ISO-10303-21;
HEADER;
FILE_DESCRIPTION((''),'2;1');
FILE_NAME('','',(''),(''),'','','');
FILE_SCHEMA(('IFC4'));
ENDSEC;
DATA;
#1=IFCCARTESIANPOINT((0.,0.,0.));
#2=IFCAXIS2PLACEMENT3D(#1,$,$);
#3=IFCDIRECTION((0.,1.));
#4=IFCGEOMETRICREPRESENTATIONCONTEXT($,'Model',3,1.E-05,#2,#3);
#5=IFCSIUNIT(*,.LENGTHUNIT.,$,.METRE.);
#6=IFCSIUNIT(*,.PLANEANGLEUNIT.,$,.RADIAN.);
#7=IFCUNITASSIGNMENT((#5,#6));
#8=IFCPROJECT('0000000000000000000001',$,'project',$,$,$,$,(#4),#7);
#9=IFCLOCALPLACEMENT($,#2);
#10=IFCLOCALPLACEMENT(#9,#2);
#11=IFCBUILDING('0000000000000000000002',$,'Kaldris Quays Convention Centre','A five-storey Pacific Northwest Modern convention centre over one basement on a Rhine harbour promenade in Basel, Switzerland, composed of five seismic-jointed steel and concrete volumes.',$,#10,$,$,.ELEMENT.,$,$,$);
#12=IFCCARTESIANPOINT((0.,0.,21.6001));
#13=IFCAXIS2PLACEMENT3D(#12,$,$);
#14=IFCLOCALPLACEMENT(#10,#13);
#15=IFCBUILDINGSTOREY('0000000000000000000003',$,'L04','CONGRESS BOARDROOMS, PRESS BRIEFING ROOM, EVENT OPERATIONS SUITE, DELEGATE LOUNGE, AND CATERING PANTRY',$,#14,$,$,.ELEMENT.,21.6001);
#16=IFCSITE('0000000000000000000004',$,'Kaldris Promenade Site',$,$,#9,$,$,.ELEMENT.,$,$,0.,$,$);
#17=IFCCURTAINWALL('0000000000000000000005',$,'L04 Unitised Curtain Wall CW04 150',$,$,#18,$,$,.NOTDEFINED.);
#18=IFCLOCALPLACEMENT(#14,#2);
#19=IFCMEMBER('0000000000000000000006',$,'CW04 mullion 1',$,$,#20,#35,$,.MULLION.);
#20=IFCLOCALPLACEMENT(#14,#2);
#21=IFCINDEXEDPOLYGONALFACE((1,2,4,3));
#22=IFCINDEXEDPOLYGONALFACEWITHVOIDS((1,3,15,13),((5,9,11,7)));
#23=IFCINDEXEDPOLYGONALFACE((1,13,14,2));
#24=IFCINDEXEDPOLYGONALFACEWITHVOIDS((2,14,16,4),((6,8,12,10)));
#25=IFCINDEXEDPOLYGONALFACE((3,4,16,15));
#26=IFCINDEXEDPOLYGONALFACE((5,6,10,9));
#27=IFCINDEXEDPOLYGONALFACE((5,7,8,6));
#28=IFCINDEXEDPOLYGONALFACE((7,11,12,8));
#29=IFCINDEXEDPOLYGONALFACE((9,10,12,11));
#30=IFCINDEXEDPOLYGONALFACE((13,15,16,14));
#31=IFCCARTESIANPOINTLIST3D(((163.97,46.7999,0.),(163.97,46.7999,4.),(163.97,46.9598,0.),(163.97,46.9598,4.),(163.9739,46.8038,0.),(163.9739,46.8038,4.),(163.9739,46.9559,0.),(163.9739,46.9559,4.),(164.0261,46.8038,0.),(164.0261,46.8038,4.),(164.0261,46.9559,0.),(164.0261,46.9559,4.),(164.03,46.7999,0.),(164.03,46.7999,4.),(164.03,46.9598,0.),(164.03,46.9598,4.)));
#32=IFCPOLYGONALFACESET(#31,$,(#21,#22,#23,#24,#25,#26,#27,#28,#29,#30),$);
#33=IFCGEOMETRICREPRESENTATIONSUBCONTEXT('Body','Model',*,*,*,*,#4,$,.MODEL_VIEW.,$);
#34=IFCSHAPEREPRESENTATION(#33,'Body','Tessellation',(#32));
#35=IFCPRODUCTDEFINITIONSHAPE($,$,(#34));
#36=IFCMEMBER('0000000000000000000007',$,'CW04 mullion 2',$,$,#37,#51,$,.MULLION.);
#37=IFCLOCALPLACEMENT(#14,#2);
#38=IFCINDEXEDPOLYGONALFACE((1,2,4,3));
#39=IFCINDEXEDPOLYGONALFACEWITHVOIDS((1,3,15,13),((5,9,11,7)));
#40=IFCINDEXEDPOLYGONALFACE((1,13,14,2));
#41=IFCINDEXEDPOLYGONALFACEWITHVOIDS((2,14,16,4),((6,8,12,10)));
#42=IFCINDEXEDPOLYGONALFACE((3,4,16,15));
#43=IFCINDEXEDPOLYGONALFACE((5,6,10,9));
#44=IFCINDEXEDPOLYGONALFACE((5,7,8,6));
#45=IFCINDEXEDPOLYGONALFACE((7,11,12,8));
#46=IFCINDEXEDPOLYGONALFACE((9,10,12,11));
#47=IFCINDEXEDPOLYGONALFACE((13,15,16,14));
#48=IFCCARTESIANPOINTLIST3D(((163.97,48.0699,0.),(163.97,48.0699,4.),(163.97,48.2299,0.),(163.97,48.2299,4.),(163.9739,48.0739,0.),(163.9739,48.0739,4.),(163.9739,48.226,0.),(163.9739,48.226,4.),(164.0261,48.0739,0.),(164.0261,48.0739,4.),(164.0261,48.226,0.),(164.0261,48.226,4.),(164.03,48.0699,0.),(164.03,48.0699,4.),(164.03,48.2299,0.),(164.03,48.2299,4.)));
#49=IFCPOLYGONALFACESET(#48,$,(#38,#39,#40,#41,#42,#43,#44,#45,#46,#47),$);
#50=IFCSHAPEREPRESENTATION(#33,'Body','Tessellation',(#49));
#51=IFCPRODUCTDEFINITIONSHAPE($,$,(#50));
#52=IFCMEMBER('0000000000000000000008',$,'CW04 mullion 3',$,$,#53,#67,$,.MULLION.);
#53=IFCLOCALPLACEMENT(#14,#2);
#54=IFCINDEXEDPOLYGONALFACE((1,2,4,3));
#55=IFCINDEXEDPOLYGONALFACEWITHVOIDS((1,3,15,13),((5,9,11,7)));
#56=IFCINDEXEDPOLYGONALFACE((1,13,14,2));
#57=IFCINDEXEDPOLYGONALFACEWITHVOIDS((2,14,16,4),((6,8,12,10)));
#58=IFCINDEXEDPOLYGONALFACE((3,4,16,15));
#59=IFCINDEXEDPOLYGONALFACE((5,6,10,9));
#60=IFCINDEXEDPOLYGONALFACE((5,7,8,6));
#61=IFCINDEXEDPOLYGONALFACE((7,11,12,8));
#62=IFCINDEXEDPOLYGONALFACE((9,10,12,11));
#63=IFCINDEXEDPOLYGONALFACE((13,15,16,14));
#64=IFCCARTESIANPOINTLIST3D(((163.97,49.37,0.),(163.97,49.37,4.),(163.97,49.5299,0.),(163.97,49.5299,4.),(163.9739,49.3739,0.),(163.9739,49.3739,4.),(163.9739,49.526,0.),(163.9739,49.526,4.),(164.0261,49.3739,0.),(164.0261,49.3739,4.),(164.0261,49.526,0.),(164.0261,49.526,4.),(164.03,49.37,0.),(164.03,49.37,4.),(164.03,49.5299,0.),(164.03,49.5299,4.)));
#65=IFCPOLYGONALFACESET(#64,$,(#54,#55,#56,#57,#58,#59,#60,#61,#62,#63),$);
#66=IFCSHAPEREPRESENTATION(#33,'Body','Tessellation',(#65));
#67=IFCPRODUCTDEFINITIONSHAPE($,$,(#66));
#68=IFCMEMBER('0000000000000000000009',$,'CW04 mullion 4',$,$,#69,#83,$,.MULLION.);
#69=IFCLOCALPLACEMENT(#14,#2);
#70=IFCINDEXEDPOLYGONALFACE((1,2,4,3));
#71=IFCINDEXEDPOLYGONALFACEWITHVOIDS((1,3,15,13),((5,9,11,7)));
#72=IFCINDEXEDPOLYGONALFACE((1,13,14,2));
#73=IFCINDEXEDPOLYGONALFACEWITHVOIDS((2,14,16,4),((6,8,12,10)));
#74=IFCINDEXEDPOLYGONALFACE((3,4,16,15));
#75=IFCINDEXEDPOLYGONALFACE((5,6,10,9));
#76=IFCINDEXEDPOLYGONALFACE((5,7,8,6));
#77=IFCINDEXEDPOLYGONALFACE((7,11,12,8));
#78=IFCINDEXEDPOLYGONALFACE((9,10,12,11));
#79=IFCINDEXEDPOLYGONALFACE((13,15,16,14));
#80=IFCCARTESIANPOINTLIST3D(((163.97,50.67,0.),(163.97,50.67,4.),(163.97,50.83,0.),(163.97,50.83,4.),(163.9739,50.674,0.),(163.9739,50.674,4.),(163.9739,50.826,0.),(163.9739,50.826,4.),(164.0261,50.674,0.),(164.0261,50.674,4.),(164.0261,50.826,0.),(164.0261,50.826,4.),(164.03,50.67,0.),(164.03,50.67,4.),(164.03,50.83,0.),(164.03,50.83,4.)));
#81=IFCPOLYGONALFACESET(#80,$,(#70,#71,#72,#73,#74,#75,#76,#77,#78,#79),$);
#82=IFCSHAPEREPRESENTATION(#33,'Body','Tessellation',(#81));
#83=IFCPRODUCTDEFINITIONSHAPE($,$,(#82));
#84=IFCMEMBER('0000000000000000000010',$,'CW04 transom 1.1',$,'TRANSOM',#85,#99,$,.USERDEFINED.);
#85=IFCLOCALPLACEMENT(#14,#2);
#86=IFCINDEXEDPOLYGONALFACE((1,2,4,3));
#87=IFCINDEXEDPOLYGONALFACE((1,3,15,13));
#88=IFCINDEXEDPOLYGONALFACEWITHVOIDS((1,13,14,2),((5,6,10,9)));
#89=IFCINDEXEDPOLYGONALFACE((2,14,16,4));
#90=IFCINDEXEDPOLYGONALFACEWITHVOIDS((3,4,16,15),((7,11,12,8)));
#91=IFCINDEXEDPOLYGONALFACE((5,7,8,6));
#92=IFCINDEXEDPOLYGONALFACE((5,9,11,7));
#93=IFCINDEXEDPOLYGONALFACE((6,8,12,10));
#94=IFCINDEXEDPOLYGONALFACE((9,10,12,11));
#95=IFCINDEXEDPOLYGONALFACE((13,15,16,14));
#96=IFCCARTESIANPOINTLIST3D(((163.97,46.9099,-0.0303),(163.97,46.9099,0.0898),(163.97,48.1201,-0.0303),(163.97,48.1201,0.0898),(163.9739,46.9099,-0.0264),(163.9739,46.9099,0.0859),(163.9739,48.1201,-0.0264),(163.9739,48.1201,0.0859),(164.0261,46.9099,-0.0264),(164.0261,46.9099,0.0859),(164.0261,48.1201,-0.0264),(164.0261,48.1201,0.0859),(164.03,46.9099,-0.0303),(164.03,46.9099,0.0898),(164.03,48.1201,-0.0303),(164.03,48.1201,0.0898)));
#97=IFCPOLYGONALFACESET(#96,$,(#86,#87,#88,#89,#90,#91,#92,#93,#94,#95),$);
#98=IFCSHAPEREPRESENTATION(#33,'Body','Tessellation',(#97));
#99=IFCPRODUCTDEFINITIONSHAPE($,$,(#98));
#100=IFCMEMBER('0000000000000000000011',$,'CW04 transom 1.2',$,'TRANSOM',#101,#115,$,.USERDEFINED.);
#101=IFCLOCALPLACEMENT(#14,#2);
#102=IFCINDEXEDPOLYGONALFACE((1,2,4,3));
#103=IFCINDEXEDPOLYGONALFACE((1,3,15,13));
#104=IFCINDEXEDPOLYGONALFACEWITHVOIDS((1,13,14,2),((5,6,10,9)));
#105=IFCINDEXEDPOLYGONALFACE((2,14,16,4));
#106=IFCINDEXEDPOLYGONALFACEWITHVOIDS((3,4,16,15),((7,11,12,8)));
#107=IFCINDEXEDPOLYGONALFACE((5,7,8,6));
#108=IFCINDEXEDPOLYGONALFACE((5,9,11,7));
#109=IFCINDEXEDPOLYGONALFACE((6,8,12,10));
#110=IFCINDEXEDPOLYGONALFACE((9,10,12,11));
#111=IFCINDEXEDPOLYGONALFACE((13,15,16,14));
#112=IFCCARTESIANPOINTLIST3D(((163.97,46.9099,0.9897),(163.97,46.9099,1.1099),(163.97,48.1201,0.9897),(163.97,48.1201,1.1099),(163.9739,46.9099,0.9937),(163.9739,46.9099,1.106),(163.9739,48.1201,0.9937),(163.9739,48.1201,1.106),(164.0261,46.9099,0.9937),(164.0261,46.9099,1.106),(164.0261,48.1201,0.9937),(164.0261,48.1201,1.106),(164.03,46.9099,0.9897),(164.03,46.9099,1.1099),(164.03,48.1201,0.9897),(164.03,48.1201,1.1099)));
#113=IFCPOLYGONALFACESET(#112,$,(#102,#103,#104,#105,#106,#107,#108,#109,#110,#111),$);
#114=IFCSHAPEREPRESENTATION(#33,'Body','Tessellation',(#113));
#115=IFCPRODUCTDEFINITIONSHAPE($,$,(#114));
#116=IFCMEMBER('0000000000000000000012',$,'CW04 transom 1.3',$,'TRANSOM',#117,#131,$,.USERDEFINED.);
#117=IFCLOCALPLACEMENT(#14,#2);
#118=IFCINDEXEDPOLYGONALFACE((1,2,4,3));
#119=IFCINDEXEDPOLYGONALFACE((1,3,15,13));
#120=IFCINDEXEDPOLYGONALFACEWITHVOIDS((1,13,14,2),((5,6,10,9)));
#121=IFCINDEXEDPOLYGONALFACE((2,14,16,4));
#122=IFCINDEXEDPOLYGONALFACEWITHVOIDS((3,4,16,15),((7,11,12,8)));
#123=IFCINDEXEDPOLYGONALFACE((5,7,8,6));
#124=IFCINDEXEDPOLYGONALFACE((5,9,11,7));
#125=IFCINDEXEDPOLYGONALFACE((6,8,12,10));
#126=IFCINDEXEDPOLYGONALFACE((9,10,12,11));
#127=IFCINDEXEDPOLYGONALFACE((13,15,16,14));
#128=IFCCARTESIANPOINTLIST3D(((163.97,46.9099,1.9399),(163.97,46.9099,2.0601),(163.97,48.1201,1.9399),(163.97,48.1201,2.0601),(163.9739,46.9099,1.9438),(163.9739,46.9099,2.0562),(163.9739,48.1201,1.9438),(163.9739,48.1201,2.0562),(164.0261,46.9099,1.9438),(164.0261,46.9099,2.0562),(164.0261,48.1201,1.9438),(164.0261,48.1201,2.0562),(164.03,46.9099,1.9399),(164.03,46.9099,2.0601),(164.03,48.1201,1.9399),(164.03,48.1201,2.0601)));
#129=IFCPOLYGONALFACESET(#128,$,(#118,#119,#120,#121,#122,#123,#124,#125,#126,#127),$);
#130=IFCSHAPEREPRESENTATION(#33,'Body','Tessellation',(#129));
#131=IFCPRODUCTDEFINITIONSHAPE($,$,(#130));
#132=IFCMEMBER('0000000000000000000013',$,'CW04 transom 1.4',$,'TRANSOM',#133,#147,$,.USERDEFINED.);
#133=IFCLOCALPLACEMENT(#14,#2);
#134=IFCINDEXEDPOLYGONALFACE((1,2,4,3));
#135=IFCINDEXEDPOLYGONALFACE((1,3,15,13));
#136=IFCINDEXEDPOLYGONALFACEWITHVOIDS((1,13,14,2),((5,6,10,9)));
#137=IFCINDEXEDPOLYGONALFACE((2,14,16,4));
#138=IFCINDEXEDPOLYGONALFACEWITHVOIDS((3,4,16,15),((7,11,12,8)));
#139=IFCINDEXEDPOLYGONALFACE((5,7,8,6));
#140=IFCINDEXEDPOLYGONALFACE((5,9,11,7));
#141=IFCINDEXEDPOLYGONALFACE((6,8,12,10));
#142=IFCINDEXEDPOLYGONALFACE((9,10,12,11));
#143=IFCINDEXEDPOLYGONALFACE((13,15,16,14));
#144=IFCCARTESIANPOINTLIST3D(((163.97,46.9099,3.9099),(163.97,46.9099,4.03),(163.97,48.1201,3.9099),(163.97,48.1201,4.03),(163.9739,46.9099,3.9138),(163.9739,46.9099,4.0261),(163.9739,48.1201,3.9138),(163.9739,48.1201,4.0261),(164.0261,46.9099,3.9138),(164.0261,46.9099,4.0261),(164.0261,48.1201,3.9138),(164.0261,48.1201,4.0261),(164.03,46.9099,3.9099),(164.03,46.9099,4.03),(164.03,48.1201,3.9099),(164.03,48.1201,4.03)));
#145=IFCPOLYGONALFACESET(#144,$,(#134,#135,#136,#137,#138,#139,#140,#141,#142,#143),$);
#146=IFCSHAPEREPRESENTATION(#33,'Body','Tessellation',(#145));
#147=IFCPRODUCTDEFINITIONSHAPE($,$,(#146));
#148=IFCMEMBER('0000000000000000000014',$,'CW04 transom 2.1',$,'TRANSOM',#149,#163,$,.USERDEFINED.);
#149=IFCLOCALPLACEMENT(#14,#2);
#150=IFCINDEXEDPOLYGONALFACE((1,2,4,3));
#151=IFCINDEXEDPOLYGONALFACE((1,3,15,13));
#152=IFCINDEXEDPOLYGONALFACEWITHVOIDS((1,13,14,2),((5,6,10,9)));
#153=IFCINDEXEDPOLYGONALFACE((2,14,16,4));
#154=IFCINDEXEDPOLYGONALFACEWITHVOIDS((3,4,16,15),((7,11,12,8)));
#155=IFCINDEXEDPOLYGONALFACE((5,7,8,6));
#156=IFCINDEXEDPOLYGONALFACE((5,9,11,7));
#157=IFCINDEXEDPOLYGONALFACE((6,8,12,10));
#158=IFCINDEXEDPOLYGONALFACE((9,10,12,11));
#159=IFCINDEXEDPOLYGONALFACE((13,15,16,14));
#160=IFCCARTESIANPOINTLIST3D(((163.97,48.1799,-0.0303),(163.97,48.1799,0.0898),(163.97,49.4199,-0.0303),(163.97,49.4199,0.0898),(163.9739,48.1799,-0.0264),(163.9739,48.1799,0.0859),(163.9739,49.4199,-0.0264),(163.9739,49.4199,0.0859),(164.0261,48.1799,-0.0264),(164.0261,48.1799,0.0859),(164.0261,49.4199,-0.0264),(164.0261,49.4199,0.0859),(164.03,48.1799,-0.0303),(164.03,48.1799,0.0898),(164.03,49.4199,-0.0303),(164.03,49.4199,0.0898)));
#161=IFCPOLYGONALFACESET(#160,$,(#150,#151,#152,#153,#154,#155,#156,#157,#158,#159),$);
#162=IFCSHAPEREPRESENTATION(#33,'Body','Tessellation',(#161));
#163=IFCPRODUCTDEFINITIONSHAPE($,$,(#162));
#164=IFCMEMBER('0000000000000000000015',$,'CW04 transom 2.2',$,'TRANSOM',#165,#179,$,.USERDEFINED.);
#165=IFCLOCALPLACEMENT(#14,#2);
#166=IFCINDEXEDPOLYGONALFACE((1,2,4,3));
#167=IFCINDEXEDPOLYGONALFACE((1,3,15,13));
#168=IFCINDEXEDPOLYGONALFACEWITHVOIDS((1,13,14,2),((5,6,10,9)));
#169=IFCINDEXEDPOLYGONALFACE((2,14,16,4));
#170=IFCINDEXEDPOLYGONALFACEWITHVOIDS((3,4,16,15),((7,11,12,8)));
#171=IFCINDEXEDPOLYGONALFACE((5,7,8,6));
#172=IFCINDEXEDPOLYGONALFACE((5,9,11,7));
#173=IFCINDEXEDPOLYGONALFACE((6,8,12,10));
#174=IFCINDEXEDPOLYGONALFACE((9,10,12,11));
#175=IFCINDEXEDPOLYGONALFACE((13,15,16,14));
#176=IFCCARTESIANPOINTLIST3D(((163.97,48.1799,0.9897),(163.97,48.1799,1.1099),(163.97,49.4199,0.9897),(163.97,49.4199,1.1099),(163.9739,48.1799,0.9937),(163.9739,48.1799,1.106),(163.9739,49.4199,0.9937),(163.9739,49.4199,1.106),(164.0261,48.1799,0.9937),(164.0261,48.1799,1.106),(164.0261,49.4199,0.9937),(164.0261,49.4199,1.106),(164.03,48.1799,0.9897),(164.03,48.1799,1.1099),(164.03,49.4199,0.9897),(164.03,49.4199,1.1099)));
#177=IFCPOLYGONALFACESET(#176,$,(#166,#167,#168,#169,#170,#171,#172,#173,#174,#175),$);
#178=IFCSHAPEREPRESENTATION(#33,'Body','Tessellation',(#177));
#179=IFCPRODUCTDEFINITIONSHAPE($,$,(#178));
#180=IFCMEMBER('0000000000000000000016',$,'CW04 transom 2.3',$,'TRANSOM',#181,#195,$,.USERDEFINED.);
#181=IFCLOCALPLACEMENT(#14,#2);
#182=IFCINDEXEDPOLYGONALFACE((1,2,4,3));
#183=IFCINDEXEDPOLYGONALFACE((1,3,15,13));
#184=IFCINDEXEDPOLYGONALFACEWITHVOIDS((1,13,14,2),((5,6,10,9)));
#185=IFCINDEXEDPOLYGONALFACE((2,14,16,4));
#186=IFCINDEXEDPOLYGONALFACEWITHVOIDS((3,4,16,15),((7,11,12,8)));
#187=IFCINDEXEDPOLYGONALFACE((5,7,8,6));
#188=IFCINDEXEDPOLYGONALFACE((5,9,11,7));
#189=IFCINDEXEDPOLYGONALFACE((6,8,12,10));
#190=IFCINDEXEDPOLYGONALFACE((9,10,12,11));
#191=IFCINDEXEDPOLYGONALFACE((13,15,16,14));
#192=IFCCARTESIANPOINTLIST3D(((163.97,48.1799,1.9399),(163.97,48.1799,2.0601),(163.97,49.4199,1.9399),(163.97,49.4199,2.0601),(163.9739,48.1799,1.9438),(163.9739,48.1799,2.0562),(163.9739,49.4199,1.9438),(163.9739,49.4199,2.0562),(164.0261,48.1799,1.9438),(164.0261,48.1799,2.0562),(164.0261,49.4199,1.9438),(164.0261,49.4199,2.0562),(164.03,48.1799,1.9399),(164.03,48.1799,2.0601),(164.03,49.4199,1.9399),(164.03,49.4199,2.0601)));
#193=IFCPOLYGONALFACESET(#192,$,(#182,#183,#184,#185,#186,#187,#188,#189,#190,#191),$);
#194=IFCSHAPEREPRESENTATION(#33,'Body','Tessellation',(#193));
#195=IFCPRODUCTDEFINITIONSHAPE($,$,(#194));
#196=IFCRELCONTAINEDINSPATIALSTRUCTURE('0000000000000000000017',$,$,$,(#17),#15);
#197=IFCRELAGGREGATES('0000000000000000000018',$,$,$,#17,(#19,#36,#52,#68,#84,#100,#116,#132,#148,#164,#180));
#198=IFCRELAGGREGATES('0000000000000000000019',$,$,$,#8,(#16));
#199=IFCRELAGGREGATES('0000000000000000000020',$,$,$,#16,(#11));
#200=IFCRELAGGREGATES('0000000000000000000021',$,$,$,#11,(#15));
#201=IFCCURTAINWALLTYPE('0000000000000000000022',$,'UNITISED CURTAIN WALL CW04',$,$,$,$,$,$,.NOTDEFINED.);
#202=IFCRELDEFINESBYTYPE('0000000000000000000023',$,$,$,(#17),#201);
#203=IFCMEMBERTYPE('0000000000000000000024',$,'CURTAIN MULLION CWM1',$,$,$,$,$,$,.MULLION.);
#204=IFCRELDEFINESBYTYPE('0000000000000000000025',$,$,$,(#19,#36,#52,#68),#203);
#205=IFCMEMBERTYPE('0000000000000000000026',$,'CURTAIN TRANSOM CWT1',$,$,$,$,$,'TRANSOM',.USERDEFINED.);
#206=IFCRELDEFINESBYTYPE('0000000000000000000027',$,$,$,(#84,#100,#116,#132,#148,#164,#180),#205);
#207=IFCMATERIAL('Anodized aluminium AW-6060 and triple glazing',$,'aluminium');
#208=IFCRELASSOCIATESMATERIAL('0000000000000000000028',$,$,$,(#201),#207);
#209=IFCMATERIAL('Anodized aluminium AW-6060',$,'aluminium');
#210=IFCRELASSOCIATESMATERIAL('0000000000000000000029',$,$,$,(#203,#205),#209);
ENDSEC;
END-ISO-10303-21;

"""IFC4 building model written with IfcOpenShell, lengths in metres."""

from ifc_helpers import new_model, si_unit, direction, frame, origin, origin_2d, place, context, subcontext, project, spatial, hollow_rectangle, extrude, material, material_profile, profile_set, type_object, element, aggregate, save


model = new_model("IFC4")

# Units and contexts
model_context = context("Model", 3, precision=1e-05, world=origin(), true_north=direction((0.0, 1.0)))
body_context = subcontext(model_context, "Body", "Model", "MODEL_VIEW")
ifc_project = project(units=[si_unit("LENGTHUNIT", "METRE"), si_unit("PLANEANGLEUNIT", "RADIAN")], contexts=[model_context])

# Site, building, storey
site_placement = place(None, origin())
site = spatial("IfcSite", under=ifc_project, at=site_placement, Name="Kaldris Promenade Site", CompositionType="ELEMENT", RefElevation=0.0)
building_placement = place(site_placement, origin())
building = spatial("IfcBuilding", under=site, at=building_placement, Name="Kaldris Quays Convention Centre", Description="A five-storey Pacific Northwest Modern convention centre over one basement on a Rhine harbour promenade in Basel, Switzerland, composed of five seismic-jointed steel and concrete volumes.", CompositionType="ELEMENT")
storey_placement = place(building_placement, frame((0.0, 0.0, 21.6001)))
storey = spatial("IfcBuildingStorey", under=building, at=storey_placement, Name="L04", Description="CONGRESS BOARDROOMS, PRESS BRIEFING ROOM, EVENT OPERATIONS SUITE, DELEGATE LOUNGE, AND CATERING PANTRY", CompositionType="ELEMENT", Elevation=21.6001)

# Curtain wall, members
ifc_material_1 = material(Name="Anodized aluminium AW-6060 and triple glazing", Category="aluminium")
curtain_wall_type = type_object("IfcCurtainWallType", Name="UNITISED CURTAIN WALL CW04", PredefinedType="NOTDEFINED", material=ifc_material_1)
curtain_wall_placement = place(storey_placement, origin())
curtain_wall = element("IfcCurtainWall", 1, at=curtain_wall_placement, inside=storey, type_object=curtain_wall_type, Name="L04 Unitised Curtain Wall CW04 150", PredefinedType="NOTDEFINED")
ifc_material_2 = material(Name="Anodized aluminium AW-6060", Category="aluminium")
ifc_material_profile_1 = material_profile(ifc_material_2, hollow_rectangle(XDim=0.0601, YDim=0.1599, WallThickness=0.0039, at=origin_2d()), Name="RHS 160x60x4")
ifc_profile_set_1 = profile_set([ifc_material_profile_1], Name="Anodized aluminium AW-6060")
member_type_1 = type_object("IfcMemberType", Name="CURTAIN MULLION CWM1", PredefinedType="MULLION", material=ifc_profile_set_1)
member_1_placement = place(storey_placement, frame((164.0, 46.8799, 0.0), z_axis=(0.0, 0.0, 1.0), x_axis=(-1.0, 0.0, 0.0)))
member_1 = element("IfcMember", 2, at=member_1_placement, type_object=member_type_1, Name="CW04 mullion 1", PredefinedType="MULLION", context=body_context, shape_type="SweptSolid", body=[
    extrude(hollow_rectangle(XDim=0.0601, YDim=0.1599, WallThickness=0.0039, at=origin_2d()), origin(), (0.0, 0.0, 1.0), 4.0),
])
member_2_placement = place(storey_placement, frame((164.0, 48.1499, 0.0), z_axis=(0.0, 0.0, 1.0), x_axis=(-1.0, 0.0, 0.0)))
member_2 = element("IfcMember", 3, at=member_2_placement, type_object=member_type_1, Name="CW04 mullion 2", PredefinedType="MULLION", context=body_context, shape_type="SweptSolid", body=[
    extrude(hollow_rectangle(XDim=0.0601, YDim=0.1599, WallThickness=0.0039, at=origin_2d()), origin(), (0.0, 0.0, 1.0), 4.0),
])
member_3_placement = place(storey_placement, frame((164.0, 49.45, 0.0), z_axis=(0.0, 0.0, 1.0), x_axis=(-1.0, 0.0, 0.0)))
member_3 = element("IfcMember", 4, at=member_3_placement, type_object=member_type_1, Name="CW04 mullion 3", PredefinedType="MULLION", context=body_context, shape_type="SweptSolid", body=[
    extrude(hollow_rectangle(XDim=0.0601, YDim=0.1599, WallThickness=0.0039, at=origin_2d()), origin(), (0.0, 0.0, 1.0), 4.0),
])
member_4_placement = place(storey_placement, frame((164.0, 50.75, 0.0), z_axis=(0.0, 0.0, 1.0), x_axis=(-1.0, 0.0, 0.0)))
member_4 = element("IfcMember", 5, at=member_4_placement, type_object=member_type_1, Name="CW04 mullion 4", PredefinedType="MULLION", context=body_context, shape_type="SweptSolid", body=[
    extrude(hollow_rectangle(XDim=0.0601, YDim=0.1599, WallThickness=0.0039, at=origin_2d()), origin(), (0.0, 0.0, 1.0), 4.0),
])
ifc_material_profile_2 = material_profile(ifc_material_2, hollow_rectangle(XDim=0.0601, YDim=0.1201, WallThickness=0.0039, at=origin_2d()), Name="RHS 120x60x4")
ifc_profile_set_2 = profile_set([ifc_material_profile_2], Name="Anodized aluminium AW-6060")
member_type_2 = type_object("IfcMemberType", Name="CURTAIN TRANSOM CWT1", ElementType="TRANSOM", PredefinedType="USERDEFINED", material=ifc_profile_set_2)
member_5_placement = place(storey_placement, frame((164.0, 46.9099, 0.0298), z_axis=(0.0, 1.0, 0.0), x_axis=(-1.0, 0.0, 0.0)))
member_5 = element("IfcMember", 6, at=member_5_placement, type_object=member_type_2, Name="CW04 transom 1.1", ObjectType="TRANSOM", PredefinedType="USERDEFINED", context=body_context, shape_type="SweptSolid", body=[
    extrude(hollow_rectangle(XDim=0.0601, YDim=0.1201, WallThickness=0.0039, at=origin_2d()), origin(), (0.0, 0.0, 1.0), 1.2102),
])
member_6_placement = place(storey_placement, frame((164.0, 46.9099, 1.0498), z_axis=(0.0, 1.0, 0.0), x_axis=(-1.0, 0.0, 0.0)))
member_6 = element("IfcMember", 7, at=member_6_placement, type_object=member_type_2, Name="CW04 transom 1.2", ObjectType="TRANSOM", PredefinedType="USERDEFINED", context=body_context, shape_type="SweptSolid", body=[
    extrude(hollow_rectangle(XDim=0.0601, YDim=0.1201, WallThickness=0.0039, at=origin_2d()), origin(), (0.0, 0.0, 1.0), 1.2102),
])
member_7_placement = place(storey_placement, frame((164.0, 46.9099, 2.0), z_axis=(0.0, 1.0, 0.0), x_axis=(-1.0, 0.0, 0.0)))
member_7 = element("IfcMember", 8, at=member_7_placement, type_object=member_type_2, Name="CW04 transom 1.3", ObjectType="TRANSOM", PredefinedType="USERDEFINED", context=body_context, shape_type="SweptSolid", body=[
    extrude(hollow_rectangle(XDim=0.0601, YDim=0.1201, WallThickness=0.0039, at=origin_2d()), origin(), (0.0, 0.0, 1.0), 1.2102),
])
member_8_placement = place(storey_placement, frame((164.0, 46.9099, 3.97), z_axis=(0.0, 1.0, 0.0), x_axis=(-1.0, 0.0, 0.0)))
member_8 = element("IfcMember", 9, at=member_8_placement, type_object=member_type_2, Name="CW04 transom 1.4", ObjectType="TRANSOM", PredefinedType="USERDEFINED", context=body_context, shape_type="SweptSolid", body=[
    extrude(hollow_rectangle(XDim=0.0601, YDim=0.1201, WallThickness=0.0039, at=origin_2d()), origin(), (0.0, 0.0, 1.0), 1.2102),
])
member_9_placement = place(storey_placement, frame((164.0, 48.1799, 0.0298), z_axis=(0.0, 1.0, 0.0), x_axis=(-1.0, 0.0, 0.0)))
member_9 = element("IfcMember", 10, at=member_9_placement, type_object=member_type_2, Name="CW04 transom 2.1", ObjectType="TRANSOM", PredefinedType="USERDEFINED", context=body_context, shape_type="SweptSolid", body=[
    extrude(hollow_rectangle(XDim=0.0601, YDim=0.1201, WallThickness=0.0039, at=origin_2d()), origin(), (0.0, 0.0, 1.0), 1.24),
])
member_10_placement = place(storey_placement, frame((164.0, 48.1799, 1.0498), z_axis=(0.0, 1.0, 0.0), x_axis=(-1.0, 0.0, 0.0)))
member_10 = element("IfcMember", 11, at=member_10_placement, type_object=member_type_2, Name="CW04 transom 2.2", ObjectType="TRANSOM", PredefinedType="USERDEFINED", context=body_context, shape_type="SweptSolid", body=[
    extrude(hollow_rectangle(XDim=0.0601, YDim=0.1201, WallThickness=0.0039, at=origin_2d()), origin(), (0.0, 0.0, 1.0), 1.24),
])
member_11_placement = place(storey_placement, frame((164.0, 48.1799, 2.0), z_axis=(0.0, 1.0, 0.0), x_axis=(-1.0, 0.0, 0.0)))
member_11 = element("IfcMember", 12, at=member_11_placement, type_object=member_type_2, Name="CW04 transom 2.3", ObjectType="TRANSOM", PredefinedType="USERDEFINED", context=body_context, shape_type="SweptSolid", body=[
    extrude(hollow_rectangle(XDim=0.0601, YDim=0.1201, WallThickness=0.0039, at=origin_2d()), origin(), (0.0, 0.0, 1.0), 1.24),
])
aggregate(curtain_wall, [member_1, member_2, member_3, member_4, member_5, member_6, member_7, member_8, member_9, member_10, member_11])

save(model, "model.ifc")
